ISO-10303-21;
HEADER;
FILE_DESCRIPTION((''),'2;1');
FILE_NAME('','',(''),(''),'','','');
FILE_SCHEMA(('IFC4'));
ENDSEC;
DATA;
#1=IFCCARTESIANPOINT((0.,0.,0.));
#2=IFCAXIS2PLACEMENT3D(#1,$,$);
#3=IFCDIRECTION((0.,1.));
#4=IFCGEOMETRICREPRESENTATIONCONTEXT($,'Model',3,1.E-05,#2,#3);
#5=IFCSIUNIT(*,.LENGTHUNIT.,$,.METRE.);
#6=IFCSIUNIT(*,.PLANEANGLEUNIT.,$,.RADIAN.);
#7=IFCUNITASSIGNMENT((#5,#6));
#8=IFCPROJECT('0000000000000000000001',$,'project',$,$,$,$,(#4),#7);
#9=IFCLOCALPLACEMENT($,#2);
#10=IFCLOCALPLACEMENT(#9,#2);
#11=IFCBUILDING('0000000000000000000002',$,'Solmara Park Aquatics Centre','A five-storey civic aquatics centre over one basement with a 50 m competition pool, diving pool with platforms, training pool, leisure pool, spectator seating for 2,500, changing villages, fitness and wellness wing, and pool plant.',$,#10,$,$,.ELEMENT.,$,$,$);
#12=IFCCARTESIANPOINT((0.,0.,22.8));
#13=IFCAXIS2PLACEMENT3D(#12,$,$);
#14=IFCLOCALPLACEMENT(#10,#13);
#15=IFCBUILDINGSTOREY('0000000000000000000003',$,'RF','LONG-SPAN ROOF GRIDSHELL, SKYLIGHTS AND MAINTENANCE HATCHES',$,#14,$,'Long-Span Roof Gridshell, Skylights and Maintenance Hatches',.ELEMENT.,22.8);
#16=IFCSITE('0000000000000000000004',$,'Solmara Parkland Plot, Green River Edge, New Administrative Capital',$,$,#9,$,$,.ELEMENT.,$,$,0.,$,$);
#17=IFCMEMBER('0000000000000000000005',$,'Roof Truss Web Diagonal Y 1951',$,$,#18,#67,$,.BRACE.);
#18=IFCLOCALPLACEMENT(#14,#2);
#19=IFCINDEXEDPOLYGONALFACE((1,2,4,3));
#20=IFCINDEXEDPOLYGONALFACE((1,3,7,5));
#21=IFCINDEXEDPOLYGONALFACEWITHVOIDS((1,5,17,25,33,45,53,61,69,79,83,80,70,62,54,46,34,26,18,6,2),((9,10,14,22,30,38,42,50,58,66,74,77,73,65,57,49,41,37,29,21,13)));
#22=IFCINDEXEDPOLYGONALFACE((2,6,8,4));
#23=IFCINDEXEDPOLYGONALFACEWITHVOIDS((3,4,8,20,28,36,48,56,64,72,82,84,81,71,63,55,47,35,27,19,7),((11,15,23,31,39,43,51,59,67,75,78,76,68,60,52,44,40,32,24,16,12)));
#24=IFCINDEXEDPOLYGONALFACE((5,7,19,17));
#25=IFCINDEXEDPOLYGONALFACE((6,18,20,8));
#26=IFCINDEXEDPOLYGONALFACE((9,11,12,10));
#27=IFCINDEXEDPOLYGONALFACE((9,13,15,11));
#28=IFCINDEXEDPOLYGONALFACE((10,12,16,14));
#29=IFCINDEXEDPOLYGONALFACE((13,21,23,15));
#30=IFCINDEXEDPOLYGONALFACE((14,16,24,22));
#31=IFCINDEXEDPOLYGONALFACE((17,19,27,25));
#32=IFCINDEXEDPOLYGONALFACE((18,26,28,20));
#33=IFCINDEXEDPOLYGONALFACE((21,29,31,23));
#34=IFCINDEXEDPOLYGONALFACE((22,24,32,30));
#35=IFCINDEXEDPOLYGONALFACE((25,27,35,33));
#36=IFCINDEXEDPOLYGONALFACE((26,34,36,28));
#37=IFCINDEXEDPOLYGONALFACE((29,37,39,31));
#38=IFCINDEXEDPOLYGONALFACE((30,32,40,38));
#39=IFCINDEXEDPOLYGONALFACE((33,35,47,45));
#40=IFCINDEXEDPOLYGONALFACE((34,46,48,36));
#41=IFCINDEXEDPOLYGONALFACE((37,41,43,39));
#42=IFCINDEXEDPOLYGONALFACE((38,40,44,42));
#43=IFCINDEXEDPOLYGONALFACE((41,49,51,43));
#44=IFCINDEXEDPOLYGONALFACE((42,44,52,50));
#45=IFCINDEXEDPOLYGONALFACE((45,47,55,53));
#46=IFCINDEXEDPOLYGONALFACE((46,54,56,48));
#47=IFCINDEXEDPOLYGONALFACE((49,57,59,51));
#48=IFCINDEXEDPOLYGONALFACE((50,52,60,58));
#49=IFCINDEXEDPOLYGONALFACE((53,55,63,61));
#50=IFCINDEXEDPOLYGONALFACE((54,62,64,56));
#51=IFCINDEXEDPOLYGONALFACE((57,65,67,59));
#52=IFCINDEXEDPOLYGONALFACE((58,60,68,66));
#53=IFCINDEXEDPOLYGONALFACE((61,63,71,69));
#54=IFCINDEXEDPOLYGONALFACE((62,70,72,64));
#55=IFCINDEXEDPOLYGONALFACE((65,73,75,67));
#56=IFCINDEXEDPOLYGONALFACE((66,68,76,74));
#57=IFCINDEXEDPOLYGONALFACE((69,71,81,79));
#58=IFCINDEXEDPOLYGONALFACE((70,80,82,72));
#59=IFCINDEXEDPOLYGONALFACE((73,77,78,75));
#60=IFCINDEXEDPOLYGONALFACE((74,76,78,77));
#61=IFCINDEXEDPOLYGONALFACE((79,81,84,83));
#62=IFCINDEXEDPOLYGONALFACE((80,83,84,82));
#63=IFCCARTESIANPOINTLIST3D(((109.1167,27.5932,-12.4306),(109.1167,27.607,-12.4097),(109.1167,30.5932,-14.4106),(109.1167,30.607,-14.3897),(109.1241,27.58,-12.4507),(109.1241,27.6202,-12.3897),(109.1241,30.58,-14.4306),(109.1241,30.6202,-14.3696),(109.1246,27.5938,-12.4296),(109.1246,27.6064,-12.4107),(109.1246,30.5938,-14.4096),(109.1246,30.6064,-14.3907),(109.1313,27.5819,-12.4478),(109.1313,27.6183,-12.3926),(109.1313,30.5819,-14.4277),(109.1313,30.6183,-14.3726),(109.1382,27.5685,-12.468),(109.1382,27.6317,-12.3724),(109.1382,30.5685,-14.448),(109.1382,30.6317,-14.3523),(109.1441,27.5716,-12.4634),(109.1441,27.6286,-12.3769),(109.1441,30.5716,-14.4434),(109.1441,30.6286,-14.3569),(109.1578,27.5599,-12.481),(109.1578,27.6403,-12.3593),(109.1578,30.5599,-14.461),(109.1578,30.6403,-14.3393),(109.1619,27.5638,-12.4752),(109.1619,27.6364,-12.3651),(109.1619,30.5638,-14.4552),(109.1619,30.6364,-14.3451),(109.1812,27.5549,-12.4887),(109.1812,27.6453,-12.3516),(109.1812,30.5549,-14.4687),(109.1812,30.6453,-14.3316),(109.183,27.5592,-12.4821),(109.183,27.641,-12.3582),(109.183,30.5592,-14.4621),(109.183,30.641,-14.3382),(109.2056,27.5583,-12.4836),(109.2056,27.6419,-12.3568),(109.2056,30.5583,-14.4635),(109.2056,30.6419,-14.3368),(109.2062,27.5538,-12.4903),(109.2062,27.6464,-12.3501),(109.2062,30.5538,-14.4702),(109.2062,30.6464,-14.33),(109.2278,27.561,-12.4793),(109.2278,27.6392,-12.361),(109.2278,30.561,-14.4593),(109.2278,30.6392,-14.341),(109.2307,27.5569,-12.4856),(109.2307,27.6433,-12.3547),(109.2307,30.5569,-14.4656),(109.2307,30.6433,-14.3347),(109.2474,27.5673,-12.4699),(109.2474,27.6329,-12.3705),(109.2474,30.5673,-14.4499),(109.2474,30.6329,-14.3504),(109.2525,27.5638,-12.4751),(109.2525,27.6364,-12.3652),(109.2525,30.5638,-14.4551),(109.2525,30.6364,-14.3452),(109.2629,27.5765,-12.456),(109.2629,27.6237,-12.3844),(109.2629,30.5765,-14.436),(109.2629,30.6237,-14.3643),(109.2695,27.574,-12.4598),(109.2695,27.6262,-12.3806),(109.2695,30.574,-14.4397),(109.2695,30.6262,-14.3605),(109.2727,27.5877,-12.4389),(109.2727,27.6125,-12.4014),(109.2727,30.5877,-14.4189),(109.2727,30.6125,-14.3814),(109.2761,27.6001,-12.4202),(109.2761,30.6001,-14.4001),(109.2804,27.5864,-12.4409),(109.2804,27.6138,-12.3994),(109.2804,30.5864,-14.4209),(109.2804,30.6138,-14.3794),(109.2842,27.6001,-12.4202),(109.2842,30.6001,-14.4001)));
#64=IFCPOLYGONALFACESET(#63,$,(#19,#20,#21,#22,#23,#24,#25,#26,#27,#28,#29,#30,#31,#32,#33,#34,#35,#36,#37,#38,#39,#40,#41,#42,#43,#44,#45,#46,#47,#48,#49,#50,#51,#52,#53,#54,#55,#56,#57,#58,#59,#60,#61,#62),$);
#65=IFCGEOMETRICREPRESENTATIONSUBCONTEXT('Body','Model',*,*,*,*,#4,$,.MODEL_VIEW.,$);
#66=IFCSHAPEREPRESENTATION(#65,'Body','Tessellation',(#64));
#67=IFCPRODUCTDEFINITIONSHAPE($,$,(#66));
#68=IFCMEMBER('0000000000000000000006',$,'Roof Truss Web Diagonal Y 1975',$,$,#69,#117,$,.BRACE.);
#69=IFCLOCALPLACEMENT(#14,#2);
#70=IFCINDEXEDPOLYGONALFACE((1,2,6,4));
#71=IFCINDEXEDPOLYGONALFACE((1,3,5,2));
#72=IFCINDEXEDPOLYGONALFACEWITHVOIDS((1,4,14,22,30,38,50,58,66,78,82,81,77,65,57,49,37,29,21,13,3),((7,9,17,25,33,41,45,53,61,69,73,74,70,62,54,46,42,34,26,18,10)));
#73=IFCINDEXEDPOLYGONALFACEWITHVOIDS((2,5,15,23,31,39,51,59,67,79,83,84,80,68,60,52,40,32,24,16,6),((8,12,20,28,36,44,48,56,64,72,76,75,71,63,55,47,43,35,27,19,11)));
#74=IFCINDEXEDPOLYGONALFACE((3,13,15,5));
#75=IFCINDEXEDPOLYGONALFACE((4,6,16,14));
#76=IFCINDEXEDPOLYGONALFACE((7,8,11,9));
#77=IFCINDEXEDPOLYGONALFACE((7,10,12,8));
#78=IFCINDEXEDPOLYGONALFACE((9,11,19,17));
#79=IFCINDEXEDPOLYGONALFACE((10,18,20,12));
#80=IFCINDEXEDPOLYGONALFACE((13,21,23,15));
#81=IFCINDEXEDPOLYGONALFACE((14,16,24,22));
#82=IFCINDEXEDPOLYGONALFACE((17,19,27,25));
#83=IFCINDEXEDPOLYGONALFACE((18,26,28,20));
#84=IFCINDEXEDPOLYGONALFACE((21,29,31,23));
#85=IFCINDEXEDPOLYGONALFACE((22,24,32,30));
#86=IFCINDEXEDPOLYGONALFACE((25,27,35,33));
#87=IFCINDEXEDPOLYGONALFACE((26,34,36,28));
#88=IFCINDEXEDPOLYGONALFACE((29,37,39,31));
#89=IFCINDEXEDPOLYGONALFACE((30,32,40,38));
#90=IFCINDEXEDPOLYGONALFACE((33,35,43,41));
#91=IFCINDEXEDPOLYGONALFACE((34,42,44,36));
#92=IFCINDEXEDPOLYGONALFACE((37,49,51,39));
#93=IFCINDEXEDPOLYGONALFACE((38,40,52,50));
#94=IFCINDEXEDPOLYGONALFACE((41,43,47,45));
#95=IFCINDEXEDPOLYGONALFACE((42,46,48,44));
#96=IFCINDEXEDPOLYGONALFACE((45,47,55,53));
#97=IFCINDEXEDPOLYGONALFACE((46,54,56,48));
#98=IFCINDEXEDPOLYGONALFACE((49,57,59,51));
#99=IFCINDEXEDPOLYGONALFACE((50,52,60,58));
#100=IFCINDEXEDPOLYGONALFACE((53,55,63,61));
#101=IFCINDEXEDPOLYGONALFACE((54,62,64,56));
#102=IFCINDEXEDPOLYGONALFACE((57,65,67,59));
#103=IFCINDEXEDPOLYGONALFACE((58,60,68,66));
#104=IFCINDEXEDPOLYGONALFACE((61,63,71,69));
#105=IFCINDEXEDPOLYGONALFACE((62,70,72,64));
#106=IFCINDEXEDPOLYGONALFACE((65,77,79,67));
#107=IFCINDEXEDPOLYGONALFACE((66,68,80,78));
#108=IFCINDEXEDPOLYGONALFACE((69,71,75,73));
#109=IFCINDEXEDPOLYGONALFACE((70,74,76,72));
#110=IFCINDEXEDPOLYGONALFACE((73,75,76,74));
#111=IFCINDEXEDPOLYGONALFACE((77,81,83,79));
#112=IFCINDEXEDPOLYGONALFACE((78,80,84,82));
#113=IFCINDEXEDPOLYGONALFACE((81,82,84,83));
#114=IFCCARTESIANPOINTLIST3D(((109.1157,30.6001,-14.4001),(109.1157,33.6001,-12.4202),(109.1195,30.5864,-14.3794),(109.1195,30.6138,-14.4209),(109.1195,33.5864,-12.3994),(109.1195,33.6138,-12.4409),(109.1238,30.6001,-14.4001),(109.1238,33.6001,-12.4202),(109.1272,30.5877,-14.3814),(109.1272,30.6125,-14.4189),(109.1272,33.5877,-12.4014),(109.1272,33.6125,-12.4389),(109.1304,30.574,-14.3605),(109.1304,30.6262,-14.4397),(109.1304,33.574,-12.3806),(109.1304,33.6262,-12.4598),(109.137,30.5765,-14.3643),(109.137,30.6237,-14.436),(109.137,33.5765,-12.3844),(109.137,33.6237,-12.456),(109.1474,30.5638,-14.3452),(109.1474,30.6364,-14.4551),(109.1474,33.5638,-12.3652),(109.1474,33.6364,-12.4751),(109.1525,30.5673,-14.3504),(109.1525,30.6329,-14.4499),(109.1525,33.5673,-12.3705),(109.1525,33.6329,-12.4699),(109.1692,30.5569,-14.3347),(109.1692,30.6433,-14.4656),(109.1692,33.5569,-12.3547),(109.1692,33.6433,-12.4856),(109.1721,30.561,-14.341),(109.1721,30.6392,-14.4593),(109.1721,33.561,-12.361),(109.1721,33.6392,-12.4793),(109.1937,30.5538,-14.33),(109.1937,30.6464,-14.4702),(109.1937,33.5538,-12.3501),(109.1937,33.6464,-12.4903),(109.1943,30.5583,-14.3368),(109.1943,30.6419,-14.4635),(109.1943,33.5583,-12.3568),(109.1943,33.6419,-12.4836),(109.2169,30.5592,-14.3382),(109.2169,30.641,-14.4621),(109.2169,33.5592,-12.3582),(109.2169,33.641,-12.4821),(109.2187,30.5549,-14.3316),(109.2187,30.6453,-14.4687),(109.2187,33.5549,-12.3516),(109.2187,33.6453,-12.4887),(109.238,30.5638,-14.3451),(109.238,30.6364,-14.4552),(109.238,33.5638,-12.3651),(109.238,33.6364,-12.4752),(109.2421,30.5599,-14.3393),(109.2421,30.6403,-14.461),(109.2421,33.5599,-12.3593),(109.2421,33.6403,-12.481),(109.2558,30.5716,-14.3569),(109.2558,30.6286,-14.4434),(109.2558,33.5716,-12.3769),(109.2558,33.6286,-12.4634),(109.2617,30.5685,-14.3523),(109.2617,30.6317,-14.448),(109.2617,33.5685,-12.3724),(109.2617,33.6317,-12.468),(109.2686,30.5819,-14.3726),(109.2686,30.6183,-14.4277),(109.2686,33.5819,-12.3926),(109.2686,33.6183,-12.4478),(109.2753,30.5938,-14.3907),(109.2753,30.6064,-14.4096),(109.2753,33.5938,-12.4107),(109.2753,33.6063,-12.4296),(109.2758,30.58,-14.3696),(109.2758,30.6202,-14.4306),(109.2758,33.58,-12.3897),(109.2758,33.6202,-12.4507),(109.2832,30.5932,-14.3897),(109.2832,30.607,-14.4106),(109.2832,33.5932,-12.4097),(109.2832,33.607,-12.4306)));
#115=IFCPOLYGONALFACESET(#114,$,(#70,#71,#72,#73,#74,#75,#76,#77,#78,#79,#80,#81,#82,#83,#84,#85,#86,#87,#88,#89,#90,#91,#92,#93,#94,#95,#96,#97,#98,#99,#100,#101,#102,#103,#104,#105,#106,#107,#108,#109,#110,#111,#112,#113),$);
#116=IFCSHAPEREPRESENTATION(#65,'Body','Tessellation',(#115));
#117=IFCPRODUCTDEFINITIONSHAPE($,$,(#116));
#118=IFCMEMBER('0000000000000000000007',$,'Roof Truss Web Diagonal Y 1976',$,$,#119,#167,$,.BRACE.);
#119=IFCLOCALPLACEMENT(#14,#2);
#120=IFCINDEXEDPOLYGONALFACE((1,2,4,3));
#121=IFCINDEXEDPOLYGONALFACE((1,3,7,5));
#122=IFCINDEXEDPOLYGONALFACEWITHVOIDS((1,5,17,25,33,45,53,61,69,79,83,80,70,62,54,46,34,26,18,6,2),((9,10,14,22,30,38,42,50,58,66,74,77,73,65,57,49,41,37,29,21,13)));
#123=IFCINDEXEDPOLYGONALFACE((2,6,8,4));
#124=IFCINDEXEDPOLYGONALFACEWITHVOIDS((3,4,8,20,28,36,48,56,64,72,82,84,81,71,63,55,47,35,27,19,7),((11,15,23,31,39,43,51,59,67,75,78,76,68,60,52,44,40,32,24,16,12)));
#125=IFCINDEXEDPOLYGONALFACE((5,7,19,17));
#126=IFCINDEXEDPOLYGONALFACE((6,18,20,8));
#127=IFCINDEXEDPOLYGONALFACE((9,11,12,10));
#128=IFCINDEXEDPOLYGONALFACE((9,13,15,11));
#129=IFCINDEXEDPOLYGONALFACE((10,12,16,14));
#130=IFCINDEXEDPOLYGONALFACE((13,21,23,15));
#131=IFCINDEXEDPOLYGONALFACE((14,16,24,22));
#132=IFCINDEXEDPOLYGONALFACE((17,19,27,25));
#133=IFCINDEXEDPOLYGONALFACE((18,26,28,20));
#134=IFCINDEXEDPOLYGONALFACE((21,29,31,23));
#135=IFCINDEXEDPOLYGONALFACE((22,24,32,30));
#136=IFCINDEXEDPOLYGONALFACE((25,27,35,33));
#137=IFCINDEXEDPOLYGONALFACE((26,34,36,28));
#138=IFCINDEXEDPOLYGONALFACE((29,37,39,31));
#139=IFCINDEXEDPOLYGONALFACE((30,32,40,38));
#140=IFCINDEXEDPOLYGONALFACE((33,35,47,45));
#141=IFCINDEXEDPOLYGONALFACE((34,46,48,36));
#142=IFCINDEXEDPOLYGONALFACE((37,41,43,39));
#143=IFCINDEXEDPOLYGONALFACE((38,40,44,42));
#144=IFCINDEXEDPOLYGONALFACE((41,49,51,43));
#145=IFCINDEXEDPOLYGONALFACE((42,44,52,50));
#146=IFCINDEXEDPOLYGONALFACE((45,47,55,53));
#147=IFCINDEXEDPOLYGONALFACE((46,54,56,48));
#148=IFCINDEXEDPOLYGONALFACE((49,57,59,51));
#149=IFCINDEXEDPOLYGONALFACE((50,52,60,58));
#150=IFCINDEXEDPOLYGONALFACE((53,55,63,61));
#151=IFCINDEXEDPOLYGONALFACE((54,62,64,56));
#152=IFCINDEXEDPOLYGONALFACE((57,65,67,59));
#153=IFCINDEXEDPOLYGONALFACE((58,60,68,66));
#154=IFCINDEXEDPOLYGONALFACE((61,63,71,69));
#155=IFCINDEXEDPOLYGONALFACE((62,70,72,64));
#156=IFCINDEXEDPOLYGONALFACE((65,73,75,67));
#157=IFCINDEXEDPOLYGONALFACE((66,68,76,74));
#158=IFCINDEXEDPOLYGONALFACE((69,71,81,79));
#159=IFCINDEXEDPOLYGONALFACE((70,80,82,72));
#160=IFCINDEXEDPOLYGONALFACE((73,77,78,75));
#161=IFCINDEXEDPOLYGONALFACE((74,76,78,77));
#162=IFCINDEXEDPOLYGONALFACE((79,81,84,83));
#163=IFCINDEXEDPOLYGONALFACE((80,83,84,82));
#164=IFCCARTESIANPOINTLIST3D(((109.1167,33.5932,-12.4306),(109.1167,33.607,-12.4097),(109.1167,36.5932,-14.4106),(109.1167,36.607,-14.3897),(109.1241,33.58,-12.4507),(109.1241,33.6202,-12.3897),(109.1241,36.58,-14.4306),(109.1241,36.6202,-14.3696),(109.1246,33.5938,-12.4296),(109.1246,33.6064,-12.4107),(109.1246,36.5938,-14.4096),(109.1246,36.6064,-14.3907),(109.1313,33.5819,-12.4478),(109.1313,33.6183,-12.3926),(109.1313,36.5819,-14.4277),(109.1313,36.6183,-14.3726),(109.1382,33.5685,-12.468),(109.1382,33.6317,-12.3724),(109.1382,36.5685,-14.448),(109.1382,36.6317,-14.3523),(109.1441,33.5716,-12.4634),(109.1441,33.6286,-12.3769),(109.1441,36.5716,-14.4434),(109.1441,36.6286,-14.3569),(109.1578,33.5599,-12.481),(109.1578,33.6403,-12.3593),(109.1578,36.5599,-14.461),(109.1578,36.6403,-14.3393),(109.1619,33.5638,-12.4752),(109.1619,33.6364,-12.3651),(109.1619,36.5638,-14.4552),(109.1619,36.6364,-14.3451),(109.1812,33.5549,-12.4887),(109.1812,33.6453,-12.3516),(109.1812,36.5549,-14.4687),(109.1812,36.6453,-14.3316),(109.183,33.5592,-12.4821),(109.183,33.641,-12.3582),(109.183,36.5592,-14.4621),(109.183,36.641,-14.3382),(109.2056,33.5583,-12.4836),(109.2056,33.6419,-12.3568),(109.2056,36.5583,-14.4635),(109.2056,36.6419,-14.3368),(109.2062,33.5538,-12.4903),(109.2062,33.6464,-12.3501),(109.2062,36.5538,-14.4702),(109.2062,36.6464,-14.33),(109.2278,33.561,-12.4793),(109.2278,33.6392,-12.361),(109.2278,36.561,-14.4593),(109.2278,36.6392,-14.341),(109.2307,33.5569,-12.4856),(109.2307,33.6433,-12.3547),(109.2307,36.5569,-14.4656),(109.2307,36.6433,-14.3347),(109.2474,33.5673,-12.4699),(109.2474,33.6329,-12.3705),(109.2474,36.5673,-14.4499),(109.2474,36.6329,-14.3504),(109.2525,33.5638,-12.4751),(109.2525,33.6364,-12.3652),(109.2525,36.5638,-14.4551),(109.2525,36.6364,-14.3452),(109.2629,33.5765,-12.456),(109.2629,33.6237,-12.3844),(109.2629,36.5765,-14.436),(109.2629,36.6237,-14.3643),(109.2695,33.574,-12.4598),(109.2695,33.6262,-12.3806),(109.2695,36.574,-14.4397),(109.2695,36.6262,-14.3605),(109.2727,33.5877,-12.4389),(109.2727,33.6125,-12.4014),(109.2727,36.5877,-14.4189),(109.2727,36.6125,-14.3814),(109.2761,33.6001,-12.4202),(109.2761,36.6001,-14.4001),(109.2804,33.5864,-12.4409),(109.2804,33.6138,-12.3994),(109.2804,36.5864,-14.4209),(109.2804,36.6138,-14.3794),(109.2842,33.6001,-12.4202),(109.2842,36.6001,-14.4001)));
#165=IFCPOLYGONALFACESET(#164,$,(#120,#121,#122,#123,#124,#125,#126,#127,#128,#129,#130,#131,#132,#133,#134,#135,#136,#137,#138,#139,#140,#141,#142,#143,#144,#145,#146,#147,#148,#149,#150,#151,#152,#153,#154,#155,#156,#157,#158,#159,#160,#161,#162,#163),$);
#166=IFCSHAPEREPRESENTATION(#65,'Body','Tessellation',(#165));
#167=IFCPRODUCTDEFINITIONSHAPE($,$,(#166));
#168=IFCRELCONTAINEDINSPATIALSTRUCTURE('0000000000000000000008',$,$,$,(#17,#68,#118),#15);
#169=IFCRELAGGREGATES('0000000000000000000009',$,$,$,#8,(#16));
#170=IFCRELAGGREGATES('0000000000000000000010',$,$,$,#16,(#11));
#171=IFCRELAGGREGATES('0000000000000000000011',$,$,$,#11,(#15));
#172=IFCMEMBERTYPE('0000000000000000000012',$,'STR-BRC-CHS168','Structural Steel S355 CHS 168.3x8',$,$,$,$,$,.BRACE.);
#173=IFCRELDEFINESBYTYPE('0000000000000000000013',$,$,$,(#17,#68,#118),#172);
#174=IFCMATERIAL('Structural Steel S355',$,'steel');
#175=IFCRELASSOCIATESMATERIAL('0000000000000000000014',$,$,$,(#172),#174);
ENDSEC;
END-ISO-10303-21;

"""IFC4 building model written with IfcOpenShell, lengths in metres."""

from ifc_helpers import new_model, si_unit, direction, frame, origin, origin_2d, place, context, subcontext, project, spatial, hollow_circle, extrude, material, material_profile, profile_set, type_object, element, save


model = new_model("IFC4")

# Units and contexts
model_context = context("Model", 3, precision=1e-05, world=origin(), true_north=direction((0.0, 1.0)))
body_context = subcontext(model_context, "Body", "Model", "MODEL_VIEW")
ifc_project = project(units=[si_unit("LENGTHUNIT", "METRE"), si_unit("PLANEANGLEUNIT", "RADIAN")], contexts=[model_context])

# Site, building, storey
site_placement = place(None, origin())
site = spatial("IfcSite", under=ifc_project, at=site_placement, Name="Solmara Parkland Plot, Green River Edge, New Administrative Capital", CompositionType="ELEMENT", RefElevation=0.0)
building_placement = place(site_placement, origin())
building = spatial("IfcBuilding", under=site, at=building_placement, Name="Solmara Park Aquatics Centre", Description="A five-storey civic aquatics centre over one basement with a 50 m competition pool, diving pool with platforms, training pool, leisure pool, spectator seating for 2,500, changing villages, fitness and wellness wing, and pool plant.", CompositionType="ELEMENT")
storey_placement = place(building_placement, frame((0.0, 0.0, 22.8)))
storey = spatial("IfcBuildingStorey", under=building, at=storey_placement, Name="RF", Description="LONG-SPAN ROOF GRIDSHELL, SKYLIGHTS AND MAINTENANCE HATCHES", LongName="Long-Span Roof Gridshell, Skylights and Maintenance Hatches", CompositionType="ELEMENT", Elevation=22.8)

# Shared definitions
ifc_material_1 = material(Name="Structural Steel S355", Category="steel")

# Members
ifc_material_profile_1 = material_profile(ifc_material_1, hollow_circle(Radius=0.0842, WallThickness=0.0081, at=origin_2d()), Name="CHS 168.3x8")
ifc_profile_set_1 = profile_set([ifc_material_profile_1], Name="Structural Steel S355")
member_type_1 = type_object("IfcMemberType", Name="STR-BRC-CHS168", Description="Structural Steel S355 CHS 168.3x8", PredefinedType="BRACE", material=ifc_profile_set_1)
for number, where, z_axis, x_axis, name in (
    (1, (109.2, 30.6001, -14.4001), (0.0, -0.834612, 0.550838), (1.0, 0.0, 0.0), "Roof Truss Web Diagonal Y 1951"),
    (2, (109.2, 30.6001, -14.4001), (0.0, 0.834612, 0.550838), (-1.0, 0.0, 0.0), "Roof Truss Web Diagonal Y 1975"),
    (3, (109.2, 36.6001, -14.4001), (0.0, -0.834612, 0.550838), (1.0, 0.0, 0.0), "Roof Truss Web Diagonal Y 1976"),
):
    element("IfcMember", number, at=place(storey_placement, frame(where, z_axis=z_axis, x_axis=x_axis)), inside=storey, type_object=member_type_1, Name=name, PredefinedType="BRACE", context=body_context, shape_type="SweptSolid", body=[
        extrude(hollow_circle(Radius=0.0842, WallThickness=0.0081, at=origin_2d()), origin(), (0.0, 0.0, 1.0), 3.5945),
    ])

save(model, "model.ifc")
